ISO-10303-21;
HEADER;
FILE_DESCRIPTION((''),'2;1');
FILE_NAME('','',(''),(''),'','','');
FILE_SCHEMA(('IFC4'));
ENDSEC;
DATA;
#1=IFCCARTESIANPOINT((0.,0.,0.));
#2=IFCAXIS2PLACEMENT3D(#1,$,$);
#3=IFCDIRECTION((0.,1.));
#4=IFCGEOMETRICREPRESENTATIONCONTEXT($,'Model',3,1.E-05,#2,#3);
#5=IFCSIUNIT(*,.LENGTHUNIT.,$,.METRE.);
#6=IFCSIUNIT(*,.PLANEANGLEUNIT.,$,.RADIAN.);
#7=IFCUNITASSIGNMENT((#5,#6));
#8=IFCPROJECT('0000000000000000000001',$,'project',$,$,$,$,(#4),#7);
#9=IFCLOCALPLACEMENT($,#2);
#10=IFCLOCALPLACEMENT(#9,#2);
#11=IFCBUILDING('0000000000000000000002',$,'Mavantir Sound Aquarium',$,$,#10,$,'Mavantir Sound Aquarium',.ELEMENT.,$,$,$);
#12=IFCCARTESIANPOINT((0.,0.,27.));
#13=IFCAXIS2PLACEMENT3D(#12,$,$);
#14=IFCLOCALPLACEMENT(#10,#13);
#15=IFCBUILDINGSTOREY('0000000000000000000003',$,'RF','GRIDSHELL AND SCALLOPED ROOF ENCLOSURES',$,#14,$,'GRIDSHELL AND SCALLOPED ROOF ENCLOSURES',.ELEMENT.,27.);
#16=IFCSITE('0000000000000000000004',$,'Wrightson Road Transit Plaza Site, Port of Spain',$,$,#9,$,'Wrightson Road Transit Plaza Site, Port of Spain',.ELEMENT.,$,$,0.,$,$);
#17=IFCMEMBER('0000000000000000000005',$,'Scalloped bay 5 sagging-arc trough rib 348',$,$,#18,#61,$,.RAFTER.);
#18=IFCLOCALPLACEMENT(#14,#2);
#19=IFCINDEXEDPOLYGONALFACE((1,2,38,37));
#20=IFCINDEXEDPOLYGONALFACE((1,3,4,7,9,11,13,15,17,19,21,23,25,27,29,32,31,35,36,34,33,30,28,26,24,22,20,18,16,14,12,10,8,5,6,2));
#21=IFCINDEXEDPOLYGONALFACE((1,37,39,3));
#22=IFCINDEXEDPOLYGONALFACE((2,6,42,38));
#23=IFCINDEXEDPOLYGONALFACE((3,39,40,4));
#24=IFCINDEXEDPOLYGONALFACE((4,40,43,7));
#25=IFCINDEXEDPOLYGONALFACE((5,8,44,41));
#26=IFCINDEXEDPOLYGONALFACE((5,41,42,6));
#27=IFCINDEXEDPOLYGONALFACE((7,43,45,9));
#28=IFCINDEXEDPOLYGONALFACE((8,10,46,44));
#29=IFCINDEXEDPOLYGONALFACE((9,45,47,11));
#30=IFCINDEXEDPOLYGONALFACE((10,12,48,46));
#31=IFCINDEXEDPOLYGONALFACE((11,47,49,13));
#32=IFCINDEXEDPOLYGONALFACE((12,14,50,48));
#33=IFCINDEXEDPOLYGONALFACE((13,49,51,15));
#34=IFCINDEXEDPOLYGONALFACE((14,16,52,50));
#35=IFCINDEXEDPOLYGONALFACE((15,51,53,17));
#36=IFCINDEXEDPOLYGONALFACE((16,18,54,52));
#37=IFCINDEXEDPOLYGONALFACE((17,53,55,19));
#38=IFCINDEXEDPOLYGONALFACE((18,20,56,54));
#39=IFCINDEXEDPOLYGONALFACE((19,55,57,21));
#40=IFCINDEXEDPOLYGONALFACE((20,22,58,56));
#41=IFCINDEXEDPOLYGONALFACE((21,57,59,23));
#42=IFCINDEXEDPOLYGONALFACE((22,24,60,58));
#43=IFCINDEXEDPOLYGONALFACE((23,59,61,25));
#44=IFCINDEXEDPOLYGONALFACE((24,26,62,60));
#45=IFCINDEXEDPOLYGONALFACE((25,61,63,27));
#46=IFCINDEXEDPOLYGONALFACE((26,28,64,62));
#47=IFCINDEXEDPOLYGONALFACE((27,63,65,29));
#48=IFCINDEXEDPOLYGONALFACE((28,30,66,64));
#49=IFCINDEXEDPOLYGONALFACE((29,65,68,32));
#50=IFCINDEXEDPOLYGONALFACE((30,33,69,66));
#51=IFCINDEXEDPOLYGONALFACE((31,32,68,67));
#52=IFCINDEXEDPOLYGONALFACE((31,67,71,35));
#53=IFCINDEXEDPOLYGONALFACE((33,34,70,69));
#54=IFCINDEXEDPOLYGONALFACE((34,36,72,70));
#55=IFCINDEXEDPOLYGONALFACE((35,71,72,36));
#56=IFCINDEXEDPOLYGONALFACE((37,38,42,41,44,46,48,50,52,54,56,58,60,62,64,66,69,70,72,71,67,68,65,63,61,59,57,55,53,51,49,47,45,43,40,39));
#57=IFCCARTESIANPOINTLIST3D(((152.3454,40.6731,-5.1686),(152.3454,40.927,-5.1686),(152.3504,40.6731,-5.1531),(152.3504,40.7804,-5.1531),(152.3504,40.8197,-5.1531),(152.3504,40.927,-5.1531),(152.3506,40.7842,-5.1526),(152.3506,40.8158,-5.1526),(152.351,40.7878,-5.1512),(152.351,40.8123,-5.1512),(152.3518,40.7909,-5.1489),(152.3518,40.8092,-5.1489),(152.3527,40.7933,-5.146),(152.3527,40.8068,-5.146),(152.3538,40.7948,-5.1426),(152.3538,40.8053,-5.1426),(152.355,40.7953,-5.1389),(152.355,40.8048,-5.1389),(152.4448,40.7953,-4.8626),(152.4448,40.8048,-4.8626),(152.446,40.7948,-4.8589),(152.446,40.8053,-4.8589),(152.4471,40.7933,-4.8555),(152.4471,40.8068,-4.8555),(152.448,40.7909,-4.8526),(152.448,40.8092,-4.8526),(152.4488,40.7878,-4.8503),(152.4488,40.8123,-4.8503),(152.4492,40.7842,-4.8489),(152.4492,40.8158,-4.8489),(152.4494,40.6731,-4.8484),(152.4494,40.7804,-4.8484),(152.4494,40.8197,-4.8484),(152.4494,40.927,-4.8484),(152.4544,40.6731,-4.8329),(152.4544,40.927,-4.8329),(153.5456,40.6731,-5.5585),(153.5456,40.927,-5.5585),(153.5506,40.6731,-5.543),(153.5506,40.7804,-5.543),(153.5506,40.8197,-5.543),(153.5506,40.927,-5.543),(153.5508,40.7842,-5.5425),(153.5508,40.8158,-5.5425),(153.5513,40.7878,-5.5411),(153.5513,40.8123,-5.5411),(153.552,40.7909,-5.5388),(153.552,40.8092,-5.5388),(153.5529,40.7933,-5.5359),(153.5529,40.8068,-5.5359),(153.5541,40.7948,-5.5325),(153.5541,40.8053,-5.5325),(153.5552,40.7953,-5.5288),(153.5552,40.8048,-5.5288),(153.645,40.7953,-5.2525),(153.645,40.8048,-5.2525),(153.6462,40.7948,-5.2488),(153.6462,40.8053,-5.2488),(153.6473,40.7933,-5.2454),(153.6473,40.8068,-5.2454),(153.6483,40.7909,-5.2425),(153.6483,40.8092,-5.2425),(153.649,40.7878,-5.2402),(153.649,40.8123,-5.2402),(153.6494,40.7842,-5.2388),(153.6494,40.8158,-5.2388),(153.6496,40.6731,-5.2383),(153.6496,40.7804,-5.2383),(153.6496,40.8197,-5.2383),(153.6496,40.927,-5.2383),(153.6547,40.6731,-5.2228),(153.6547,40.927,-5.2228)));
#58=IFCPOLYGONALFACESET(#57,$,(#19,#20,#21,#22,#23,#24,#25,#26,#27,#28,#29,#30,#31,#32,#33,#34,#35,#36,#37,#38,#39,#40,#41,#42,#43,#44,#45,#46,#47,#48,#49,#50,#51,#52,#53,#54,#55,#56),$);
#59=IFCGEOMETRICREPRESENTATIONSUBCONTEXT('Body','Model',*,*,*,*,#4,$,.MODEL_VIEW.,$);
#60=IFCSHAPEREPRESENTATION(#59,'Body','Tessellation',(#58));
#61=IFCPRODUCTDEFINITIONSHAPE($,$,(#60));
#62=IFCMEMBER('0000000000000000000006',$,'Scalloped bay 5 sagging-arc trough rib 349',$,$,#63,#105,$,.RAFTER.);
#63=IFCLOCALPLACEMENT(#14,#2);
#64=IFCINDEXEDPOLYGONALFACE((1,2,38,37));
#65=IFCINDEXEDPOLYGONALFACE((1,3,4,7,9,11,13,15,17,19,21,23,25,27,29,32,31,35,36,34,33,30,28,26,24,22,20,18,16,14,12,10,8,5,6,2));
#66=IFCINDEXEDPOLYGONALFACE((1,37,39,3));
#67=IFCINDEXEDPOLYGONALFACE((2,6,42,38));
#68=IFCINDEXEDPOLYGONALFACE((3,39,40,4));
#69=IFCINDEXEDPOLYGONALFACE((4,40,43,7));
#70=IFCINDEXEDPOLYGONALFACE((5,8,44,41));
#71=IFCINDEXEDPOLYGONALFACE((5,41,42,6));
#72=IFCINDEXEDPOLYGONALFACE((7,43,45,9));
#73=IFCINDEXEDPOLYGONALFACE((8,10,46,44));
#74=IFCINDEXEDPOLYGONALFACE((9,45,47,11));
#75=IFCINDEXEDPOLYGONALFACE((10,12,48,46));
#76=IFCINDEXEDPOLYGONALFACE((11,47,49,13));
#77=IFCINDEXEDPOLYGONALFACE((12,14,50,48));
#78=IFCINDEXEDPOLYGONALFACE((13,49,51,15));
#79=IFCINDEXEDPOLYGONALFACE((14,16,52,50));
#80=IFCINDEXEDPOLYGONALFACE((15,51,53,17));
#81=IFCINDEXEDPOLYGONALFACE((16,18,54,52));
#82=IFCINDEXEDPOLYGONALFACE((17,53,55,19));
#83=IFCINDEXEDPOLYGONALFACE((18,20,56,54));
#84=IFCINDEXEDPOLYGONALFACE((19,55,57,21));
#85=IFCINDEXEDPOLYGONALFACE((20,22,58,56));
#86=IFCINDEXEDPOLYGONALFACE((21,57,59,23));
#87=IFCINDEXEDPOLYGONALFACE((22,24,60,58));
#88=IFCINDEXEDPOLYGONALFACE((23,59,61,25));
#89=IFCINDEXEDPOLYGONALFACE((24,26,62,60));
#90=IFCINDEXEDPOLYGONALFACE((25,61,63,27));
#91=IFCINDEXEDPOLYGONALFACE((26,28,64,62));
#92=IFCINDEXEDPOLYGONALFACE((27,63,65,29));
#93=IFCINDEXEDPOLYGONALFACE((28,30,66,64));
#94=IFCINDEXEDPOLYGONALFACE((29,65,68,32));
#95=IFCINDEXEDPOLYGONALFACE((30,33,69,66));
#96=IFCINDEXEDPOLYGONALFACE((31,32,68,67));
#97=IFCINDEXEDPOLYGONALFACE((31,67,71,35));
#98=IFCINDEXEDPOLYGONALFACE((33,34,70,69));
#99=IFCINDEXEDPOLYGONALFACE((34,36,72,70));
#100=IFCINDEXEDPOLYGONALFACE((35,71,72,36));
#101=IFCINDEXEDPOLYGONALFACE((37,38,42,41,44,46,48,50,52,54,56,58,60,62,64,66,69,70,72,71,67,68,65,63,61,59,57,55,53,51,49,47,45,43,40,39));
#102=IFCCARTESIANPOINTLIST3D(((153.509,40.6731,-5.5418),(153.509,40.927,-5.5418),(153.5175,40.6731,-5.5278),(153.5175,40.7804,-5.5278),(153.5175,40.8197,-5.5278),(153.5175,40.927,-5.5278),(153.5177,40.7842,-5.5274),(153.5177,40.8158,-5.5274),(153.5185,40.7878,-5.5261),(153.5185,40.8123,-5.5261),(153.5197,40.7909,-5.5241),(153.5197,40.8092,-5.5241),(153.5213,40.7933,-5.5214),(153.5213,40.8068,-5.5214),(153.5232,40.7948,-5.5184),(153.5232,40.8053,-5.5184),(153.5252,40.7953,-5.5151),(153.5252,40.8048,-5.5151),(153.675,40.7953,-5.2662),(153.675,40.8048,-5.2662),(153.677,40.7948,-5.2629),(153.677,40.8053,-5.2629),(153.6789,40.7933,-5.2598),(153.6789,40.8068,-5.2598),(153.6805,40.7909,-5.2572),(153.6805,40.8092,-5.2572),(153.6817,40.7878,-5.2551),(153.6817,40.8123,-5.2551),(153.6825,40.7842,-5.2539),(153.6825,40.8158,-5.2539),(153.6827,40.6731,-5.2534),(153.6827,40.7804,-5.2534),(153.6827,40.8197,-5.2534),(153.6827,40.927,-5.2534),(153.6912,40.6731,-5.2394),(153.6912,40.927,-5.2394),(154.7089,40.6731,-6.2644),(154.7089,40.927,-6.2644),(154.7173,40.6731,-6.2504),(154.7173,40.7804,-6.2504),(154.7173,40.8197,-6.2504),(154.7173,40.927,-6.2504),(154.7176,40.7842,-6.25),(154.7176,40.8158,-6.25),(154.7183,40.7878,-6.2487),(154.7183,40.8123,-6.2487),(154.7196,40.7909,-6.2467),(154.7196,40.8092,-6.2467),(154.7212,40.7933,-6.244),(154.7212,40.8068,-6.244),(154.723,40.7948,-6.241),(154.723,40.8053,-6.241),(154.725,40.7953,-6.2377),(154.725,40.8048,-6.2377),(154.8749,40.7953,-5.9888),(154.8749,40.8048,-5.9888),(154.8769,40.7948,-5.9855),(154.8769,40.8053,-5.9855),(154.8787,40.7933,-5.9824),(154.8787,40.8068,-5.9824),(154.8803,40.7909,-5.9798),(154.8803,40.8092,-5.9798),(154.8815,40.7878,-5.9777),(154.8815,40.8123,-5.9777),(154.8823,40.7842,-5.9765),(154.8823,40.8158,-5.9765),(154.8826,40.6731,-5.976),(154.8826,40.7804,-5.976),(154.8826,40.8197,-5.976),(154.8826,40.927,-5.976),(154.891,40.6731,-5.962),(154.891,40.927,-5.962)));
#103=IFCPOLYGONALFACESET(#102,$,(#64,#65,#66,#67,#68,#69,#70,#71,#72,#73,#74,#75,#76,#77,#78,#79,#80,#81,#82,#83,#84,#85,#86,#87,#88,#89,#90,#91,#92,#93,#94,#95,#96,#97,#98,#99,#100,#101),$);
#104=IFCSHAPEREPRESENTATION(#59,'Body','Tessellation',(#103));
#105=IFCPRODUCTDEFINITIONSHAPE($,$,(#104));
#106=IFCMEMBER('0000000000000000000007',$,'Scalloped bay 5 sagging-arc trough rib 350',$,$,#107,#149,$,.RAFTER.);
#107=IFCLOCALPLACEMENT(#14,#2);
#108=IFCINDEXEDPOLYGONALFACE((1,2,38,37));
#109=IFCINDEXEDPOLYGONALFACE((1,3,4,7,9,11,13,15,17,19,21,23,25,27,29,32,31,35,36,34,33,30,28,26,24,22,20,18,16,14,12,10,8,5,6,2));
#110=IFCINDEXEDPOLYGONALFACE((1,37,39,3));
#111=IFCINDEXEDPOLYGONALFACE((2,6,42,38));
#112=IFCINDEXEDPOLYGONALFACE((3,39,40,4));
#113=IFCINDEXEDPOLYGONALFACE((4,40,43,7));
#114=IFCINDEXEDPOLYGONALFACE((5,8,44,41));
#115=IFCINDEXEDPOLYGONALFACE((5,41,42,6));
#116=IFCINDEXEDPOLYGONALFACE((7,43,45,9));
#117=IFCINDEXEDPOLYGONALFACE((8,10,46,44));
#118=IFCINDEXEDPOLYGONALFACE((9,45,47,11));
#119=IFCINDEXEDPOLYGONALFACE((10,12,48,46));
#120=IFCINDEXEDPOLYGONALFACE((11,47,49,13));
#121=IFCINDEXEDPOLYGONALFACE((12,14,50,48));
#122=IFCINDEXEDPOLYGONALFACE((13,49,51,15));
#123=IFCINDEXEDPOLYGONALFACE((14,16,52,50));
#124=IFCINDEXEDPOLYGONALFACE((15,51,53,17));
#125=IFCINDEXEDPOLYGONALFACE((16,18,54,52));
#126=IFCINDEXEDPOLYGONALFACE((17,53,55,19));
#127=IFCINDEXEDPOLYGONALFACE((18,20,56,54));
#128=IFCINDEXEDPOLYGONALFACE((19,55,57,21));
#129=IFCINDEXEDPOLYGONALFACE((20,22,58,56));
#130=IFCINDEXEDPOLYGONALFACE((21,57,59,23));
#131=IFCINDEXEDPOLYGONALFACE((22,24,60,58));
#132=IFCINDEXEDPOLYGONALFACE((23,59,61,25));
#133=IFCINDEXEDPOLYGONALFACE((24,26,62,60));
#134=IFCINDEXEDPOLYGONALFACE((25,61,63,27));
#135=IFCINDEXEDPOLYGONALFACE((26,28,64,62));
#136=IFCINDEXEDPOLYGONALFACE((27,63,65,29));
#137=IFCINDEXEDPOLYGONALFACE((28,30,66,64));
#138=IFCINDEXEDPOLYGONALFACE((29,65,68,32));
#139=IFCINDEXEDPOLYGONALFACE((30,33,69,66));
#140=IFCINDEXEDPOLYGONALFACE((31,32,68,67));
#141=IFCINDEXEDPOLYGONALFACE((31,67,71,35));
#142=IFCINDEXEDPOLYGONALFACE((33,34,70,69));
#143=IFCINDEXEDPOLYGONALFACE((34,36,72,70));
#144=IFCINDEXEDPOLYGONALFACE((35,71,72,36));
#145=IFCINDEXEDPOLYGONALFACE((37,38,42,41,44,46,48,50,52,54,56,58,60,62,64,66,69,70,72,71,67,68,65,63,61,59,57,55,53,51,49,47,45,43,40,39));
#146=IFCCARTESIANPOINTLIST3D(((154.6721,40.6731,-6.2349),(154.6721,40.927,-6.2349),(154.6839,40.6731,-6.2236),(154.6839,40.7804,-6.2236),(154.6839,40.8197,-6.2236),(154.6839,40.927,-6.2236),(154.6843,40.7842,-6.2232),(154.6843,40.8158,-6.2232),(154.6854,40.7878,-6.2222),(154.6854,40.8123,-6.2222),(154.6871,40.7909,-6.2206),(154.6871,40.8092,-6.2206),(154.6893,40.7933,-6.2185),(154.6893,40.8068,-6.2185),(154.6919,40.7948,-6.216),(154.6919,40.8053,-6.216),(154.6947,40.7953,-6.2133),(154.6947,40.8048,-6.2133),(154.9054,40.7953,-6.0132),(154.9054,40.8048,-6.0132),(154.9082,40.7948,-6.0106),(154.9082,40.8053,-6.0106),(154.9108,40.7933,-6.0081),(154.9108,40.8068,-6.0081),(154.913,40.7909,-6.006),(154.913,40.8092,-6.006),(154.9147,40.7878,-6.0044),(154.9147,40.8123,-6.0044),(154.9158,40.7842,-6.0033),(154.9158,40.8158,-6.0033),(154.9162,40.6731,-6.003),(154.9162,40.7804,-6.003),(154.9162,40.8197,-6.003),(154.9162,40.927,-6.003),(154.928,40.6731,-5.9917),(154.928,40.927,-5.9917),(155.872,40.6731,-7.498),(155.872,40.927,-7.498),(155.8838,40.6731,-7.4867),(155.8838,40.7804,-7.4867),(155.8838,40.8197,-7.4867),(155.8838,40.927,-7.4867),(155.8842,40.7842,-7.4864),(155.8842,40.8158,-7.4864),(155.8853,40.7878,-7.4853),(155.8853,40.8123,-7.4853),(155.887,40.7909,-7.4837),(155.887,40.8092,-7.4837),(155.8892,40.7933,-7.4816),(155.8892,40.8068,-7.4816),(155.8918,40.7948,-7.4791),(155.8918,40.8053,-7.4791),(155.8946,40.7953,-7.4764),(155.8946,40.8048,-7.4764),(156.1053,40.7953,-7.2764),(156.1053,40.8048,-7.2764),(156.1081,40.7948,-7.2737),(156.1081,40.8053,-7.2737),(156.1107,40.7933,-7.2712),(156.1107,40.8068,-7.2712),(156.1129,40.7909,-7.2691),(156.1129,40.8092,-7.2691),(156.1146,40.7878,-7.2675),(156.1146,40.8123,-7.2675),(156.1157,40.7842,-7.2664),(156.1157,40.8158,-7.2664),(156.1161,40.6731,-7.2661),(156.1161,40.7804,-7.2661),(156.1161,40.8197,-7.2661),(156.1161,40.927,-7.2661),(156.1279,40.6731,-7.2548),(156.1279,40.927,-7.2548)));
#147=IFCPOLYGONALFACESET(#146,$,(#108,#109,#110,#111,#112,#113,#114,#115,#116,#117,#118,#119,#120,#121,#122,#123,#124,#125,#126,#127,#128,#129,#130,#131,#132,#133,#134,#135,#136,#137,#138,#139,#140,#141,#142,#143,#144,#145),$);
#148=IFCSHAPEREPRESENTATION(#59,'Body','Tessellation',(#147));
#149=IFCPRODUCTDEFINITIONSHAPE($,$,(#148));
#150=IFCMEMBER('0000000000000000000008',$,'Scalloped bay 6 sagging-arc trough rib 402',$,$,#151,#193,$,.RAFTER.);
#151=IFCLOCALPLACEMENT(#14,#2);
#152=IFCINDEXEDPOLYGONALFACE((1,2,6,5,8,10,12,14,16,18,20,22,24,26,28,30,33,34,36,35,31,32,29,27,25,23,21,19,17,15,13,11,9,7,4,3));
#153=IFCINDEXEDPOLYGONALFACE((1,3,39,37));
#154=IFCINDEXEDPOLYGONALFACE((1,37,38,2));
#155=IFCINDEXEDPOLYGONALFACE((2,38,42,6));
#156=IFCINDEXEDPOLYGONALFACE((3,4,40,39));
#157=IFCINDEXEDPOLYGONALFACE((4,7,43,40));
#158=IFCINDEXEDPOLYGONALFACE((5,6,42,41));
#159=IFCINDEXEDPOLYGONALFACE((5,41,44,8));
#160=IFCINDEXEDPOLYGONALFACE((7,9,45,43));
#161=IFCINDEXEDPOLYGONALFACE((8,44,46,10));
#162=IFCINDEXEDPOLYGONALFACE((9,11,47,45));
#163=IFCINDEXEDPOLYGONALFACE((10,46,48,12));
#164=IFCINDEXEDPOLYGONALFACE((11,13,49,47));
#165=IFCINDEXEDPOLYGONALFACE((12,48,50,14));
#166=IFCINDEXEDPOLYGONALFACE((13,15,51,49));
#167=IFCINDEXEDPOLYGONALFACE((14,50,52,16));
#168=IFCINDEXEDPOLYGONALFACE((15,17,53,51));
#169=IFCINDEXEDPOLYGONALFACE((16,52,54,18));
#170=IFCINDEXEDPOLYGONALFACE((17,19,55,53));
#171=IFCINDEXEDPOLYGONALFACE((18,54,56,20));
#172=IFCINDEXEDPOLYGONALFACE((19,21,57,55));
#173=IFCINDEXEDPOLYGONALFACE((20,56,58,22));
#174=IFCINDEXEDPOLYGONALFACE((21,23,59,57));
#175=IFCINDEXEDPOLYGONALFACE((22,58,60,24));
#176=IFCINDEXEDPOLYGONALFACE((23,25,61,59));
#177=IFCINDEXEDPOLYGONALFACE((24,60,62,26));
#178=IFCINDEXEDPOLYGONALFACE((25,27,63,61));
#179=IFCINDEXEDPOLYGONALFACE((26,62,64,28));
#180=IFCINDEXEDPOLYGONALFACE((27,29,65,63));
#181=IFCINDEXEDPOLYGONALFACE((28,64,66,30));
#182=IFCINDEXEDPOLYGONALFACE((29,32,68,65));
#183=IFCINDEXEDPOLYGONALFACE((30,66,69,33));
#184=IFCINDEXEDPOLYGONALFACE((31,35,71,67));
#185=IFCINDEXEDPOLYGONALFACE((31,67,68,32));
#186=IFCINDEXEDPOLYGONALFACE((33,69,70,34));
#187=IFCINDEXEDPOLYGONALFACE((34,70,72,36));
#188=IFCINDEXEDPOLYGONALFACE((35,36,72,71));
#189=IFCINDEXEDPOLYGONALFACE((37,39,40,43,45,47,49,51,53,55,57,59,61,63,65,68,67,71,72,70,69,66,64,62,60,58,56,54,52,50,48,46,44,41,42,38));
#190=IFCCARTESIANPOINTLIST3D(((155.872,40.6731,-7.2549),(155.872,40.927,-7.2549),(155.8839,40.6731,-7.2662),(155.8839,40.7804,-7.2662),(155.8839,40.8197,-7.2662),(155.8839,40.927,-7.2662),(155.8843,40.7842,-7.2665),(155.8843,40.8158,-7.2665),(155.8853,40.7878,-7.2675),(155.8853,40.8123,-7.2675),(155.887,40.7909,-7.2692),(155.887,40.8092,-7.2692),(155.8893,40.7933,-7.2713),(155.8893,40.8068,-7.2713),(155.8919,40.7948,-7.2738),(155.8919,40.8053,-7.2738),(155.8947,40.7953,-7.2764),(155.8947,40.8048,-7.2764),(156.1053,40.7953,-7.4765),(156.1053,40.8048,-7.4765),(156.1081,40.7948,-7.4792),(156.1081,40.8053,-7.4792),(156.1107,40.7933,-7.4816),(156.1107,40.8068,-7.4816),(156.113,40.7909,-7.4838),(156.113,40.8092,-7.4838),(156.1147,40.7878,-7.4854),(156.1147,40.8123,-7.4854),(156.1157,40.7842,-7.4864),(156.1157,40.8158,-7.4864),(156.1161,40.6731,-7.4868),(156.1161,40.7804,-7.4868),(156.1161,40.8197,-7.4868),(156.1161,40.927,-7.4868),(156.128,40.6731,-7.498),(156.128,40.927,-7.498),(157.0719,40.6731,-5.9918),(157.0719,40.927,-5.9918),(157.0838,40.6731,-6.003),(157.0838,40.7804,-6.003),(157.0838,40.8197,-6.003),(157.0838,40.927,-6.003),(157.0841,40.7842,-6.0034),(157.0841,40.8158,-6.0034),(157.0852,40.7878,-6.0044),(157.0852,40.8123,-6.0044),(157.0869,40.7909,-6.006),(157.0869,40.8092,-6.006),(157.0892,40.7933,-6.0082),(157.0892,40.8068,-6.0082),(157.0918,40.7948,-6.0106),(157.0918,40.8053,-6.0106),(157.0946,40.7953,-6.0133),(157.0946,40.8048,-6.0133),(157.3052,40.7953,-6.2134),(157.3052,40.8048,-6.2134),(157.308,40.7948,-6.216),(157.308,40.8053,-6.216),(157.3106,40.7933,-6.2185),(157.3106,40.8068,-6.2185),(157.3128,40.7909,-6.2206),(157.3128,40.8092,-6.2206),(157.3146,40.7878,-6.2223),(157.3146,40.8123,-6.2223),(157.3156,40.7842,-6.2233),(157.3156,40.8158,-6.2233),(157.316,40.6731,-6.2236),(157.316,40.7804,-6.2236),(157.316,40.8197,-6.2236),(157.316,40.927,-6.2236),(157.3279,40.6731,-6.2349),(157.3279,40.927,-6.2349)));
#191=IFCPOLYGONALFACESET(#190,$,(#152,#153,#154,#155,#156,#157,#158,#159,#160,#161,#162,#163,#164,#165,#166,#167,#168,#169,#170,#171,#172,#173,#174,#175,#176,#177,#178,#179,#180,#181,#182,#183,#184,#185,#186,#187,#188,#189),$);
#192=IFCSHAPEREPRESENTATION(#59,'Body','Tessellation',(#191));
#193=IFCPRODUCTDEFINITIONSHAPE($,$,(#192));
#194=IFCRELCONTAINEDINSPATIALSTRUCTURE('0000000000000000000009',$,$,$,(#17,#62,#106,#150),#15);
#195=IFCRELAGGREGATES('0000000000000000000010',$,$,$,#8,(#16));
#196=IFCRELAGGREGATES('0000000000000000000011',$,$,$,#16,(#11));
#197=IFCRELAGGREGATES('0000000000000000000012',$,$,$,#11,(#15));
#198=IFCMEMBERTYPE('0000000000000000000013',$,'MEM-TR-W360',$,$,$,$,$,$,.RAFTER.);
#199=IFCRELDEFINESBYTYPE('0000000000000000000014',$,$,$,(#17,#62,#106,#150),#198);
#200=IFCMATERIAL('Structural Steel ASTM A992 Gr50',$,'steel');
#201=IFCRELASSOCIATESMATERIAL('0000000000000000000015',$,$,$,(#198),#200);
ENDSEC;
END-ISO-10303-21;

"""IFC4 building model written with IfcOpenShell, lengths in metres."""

from ifc_helpers import new_model, si_unit, direction, frame, origin, origin_2d, place, context, subcontext, project, spatial, i_section, extrude, material, material_profile, profile_set, type_object, element, save


model = new_model("IFC4")

# Units and contexts
model_context = context("Model", 3, precision=1e-05, world=origin(), true_north=direction((0.0, 1.0)))
body_context = subcontext(model_context, "Body", "Model", "MODEL_VIEW")
ifc_project = project(units=[si_unit("LENGTHUNIT", "METRE"), si_unit("PLANEANGLEUNIT", "RADIAN")], contexts=[model_context])

# Site, building, storey
site_placement = place(None, origin())
site = spatial("IfcSite", under=ifc_project, at=site_placement, Name="Wrightson Road Transit Plaza Site, Port of Spain", LongName="Wrightson Road Transit Plaza Site, Port of Spain", CompositionType="ELEMENT", RefElevation=0.0)
building_placement = place(site_placement, origin())
building = spatial("IfcBuilding", under=site, at=building_placement, Name="Mavantir Sound Aquarium", LongName="Mavantir Sound Aquarium", CompositionType="ELEMENT")
storey_placement = place(building_placement, frame((0.0, 0.0, 27.0)))
storey = spatial("IfcBuildingStorey", under=building, at=storey_placement, Name="RF", Description="GRIDSHELL AND SCALLOPED ROOF ENCLOSURES", LongName="GRIDSHELL AND SCALLOPED ROOF ENCLOSURES", CompositionType="ELEMENT", Elevation=27.0)

# Shared definitions
ifc_material_1 = material(Name="Structural Steel ASTM A992 Gr50", Category="steel")

# Members
ifc_material_profile_1 = material_profile(ifc_material_1, i_section(OverallWidth=0.2539, OverallDepth=0.353, WebThickness=0.0095, FlangeThickness=0.0164, FilletRadius=0.0149, at=origin_2d()), Name="W360X91")
ifc_profile_set_1 = profile_set([ifc_material_profile_1], Name="Structural Steel ASTM A992 Gr50")
member_type_1 = type_object("IfcMemberType", Name="MEM-TR-W360", PredefinedType="RAFTER", material=ifc_profile_set_1)
member_1_placement = place(storey_placement, frame((152.3999, 40.8, -5.0007), z_axis=(0.951074, 0.0, -0.308964), x_axis=(0.0, 1.0, 0.0)))
element("IfcMember", 1, at=member_1_placement, inside=storey, type_object=member_type_1, Name="Scalloped bay 5 sagging-arc trough rib 348", PredefinedType="RAFTER", context=body_context, shape_type="SweptSolid", body=[
    extrude(i_section(OverallWidth=0.2539, OverallDepth=0.353, WebThickness=0.0095, FlangeThickness=0.0164, FilletRadius=0.0149, at=origin_2d()), origin(), (0.0, 0.0, 1.0), 1.262),
])
member_2_placement = place(storey_placement, frame((153.6001, 40.8, -5.3906), z_axis=(0.856646, 0.0, -0.515905), x_axis=(0.0, 1.0, 0.0)))
element("IfcMember", 2, at=member_2_placement, inside=storey, type_object=member_type_1, Name="Scalloped bay 5 sagging-arc trough rib 349", PredefinedType="RAFTER", context=body_context, shape_type="SweptSolid", body=[
    extrude(i_section(OverallWidth=0.2539, OverallDepth=0.353, WebThickness=0.0095, FlangeThickness=0.0164, FilletRadius=0.0149, at=origin_2d()), origin(), (0.0, 0.0, 1.0), 1.4006),
])
for number, where, z_axis, x_axis, name in (
    (3, (154.8, 40.8, -6.1133), (0.688727, 0.0, -0.72502), (0.0, 1.0, 0.0), "Scalloped bay 5 sagging-arc trough rib 350"),
    (4, (156.0, 40.8, -7.3765), (0.688727, 0.0, 0.72502), (0.0, 1.0, 0.0), "Scalloped bay 6 sagging-arc trough rib 402"),
):
    element("IfcMember", number, at=place(storey_placement, frame(where, z_axis=z_axis, x_axis=x_axis)), inside=storey, type_object=member_type_1, Name=name, PredefinedType="RAFTER", context=body_context, shape_type="SweptSolid", body=[
        extrude(i_section(OverallWidth=0.2539, OverallDepth=0.353, WebThickness=0.0095, FlangeThickness=0.0164, FilletRadius=0.0149, at=origin_2d()), origin(), (0.0, 0.0, 1.0), 1.7422),
    ])

save(model, "model.ifc")
